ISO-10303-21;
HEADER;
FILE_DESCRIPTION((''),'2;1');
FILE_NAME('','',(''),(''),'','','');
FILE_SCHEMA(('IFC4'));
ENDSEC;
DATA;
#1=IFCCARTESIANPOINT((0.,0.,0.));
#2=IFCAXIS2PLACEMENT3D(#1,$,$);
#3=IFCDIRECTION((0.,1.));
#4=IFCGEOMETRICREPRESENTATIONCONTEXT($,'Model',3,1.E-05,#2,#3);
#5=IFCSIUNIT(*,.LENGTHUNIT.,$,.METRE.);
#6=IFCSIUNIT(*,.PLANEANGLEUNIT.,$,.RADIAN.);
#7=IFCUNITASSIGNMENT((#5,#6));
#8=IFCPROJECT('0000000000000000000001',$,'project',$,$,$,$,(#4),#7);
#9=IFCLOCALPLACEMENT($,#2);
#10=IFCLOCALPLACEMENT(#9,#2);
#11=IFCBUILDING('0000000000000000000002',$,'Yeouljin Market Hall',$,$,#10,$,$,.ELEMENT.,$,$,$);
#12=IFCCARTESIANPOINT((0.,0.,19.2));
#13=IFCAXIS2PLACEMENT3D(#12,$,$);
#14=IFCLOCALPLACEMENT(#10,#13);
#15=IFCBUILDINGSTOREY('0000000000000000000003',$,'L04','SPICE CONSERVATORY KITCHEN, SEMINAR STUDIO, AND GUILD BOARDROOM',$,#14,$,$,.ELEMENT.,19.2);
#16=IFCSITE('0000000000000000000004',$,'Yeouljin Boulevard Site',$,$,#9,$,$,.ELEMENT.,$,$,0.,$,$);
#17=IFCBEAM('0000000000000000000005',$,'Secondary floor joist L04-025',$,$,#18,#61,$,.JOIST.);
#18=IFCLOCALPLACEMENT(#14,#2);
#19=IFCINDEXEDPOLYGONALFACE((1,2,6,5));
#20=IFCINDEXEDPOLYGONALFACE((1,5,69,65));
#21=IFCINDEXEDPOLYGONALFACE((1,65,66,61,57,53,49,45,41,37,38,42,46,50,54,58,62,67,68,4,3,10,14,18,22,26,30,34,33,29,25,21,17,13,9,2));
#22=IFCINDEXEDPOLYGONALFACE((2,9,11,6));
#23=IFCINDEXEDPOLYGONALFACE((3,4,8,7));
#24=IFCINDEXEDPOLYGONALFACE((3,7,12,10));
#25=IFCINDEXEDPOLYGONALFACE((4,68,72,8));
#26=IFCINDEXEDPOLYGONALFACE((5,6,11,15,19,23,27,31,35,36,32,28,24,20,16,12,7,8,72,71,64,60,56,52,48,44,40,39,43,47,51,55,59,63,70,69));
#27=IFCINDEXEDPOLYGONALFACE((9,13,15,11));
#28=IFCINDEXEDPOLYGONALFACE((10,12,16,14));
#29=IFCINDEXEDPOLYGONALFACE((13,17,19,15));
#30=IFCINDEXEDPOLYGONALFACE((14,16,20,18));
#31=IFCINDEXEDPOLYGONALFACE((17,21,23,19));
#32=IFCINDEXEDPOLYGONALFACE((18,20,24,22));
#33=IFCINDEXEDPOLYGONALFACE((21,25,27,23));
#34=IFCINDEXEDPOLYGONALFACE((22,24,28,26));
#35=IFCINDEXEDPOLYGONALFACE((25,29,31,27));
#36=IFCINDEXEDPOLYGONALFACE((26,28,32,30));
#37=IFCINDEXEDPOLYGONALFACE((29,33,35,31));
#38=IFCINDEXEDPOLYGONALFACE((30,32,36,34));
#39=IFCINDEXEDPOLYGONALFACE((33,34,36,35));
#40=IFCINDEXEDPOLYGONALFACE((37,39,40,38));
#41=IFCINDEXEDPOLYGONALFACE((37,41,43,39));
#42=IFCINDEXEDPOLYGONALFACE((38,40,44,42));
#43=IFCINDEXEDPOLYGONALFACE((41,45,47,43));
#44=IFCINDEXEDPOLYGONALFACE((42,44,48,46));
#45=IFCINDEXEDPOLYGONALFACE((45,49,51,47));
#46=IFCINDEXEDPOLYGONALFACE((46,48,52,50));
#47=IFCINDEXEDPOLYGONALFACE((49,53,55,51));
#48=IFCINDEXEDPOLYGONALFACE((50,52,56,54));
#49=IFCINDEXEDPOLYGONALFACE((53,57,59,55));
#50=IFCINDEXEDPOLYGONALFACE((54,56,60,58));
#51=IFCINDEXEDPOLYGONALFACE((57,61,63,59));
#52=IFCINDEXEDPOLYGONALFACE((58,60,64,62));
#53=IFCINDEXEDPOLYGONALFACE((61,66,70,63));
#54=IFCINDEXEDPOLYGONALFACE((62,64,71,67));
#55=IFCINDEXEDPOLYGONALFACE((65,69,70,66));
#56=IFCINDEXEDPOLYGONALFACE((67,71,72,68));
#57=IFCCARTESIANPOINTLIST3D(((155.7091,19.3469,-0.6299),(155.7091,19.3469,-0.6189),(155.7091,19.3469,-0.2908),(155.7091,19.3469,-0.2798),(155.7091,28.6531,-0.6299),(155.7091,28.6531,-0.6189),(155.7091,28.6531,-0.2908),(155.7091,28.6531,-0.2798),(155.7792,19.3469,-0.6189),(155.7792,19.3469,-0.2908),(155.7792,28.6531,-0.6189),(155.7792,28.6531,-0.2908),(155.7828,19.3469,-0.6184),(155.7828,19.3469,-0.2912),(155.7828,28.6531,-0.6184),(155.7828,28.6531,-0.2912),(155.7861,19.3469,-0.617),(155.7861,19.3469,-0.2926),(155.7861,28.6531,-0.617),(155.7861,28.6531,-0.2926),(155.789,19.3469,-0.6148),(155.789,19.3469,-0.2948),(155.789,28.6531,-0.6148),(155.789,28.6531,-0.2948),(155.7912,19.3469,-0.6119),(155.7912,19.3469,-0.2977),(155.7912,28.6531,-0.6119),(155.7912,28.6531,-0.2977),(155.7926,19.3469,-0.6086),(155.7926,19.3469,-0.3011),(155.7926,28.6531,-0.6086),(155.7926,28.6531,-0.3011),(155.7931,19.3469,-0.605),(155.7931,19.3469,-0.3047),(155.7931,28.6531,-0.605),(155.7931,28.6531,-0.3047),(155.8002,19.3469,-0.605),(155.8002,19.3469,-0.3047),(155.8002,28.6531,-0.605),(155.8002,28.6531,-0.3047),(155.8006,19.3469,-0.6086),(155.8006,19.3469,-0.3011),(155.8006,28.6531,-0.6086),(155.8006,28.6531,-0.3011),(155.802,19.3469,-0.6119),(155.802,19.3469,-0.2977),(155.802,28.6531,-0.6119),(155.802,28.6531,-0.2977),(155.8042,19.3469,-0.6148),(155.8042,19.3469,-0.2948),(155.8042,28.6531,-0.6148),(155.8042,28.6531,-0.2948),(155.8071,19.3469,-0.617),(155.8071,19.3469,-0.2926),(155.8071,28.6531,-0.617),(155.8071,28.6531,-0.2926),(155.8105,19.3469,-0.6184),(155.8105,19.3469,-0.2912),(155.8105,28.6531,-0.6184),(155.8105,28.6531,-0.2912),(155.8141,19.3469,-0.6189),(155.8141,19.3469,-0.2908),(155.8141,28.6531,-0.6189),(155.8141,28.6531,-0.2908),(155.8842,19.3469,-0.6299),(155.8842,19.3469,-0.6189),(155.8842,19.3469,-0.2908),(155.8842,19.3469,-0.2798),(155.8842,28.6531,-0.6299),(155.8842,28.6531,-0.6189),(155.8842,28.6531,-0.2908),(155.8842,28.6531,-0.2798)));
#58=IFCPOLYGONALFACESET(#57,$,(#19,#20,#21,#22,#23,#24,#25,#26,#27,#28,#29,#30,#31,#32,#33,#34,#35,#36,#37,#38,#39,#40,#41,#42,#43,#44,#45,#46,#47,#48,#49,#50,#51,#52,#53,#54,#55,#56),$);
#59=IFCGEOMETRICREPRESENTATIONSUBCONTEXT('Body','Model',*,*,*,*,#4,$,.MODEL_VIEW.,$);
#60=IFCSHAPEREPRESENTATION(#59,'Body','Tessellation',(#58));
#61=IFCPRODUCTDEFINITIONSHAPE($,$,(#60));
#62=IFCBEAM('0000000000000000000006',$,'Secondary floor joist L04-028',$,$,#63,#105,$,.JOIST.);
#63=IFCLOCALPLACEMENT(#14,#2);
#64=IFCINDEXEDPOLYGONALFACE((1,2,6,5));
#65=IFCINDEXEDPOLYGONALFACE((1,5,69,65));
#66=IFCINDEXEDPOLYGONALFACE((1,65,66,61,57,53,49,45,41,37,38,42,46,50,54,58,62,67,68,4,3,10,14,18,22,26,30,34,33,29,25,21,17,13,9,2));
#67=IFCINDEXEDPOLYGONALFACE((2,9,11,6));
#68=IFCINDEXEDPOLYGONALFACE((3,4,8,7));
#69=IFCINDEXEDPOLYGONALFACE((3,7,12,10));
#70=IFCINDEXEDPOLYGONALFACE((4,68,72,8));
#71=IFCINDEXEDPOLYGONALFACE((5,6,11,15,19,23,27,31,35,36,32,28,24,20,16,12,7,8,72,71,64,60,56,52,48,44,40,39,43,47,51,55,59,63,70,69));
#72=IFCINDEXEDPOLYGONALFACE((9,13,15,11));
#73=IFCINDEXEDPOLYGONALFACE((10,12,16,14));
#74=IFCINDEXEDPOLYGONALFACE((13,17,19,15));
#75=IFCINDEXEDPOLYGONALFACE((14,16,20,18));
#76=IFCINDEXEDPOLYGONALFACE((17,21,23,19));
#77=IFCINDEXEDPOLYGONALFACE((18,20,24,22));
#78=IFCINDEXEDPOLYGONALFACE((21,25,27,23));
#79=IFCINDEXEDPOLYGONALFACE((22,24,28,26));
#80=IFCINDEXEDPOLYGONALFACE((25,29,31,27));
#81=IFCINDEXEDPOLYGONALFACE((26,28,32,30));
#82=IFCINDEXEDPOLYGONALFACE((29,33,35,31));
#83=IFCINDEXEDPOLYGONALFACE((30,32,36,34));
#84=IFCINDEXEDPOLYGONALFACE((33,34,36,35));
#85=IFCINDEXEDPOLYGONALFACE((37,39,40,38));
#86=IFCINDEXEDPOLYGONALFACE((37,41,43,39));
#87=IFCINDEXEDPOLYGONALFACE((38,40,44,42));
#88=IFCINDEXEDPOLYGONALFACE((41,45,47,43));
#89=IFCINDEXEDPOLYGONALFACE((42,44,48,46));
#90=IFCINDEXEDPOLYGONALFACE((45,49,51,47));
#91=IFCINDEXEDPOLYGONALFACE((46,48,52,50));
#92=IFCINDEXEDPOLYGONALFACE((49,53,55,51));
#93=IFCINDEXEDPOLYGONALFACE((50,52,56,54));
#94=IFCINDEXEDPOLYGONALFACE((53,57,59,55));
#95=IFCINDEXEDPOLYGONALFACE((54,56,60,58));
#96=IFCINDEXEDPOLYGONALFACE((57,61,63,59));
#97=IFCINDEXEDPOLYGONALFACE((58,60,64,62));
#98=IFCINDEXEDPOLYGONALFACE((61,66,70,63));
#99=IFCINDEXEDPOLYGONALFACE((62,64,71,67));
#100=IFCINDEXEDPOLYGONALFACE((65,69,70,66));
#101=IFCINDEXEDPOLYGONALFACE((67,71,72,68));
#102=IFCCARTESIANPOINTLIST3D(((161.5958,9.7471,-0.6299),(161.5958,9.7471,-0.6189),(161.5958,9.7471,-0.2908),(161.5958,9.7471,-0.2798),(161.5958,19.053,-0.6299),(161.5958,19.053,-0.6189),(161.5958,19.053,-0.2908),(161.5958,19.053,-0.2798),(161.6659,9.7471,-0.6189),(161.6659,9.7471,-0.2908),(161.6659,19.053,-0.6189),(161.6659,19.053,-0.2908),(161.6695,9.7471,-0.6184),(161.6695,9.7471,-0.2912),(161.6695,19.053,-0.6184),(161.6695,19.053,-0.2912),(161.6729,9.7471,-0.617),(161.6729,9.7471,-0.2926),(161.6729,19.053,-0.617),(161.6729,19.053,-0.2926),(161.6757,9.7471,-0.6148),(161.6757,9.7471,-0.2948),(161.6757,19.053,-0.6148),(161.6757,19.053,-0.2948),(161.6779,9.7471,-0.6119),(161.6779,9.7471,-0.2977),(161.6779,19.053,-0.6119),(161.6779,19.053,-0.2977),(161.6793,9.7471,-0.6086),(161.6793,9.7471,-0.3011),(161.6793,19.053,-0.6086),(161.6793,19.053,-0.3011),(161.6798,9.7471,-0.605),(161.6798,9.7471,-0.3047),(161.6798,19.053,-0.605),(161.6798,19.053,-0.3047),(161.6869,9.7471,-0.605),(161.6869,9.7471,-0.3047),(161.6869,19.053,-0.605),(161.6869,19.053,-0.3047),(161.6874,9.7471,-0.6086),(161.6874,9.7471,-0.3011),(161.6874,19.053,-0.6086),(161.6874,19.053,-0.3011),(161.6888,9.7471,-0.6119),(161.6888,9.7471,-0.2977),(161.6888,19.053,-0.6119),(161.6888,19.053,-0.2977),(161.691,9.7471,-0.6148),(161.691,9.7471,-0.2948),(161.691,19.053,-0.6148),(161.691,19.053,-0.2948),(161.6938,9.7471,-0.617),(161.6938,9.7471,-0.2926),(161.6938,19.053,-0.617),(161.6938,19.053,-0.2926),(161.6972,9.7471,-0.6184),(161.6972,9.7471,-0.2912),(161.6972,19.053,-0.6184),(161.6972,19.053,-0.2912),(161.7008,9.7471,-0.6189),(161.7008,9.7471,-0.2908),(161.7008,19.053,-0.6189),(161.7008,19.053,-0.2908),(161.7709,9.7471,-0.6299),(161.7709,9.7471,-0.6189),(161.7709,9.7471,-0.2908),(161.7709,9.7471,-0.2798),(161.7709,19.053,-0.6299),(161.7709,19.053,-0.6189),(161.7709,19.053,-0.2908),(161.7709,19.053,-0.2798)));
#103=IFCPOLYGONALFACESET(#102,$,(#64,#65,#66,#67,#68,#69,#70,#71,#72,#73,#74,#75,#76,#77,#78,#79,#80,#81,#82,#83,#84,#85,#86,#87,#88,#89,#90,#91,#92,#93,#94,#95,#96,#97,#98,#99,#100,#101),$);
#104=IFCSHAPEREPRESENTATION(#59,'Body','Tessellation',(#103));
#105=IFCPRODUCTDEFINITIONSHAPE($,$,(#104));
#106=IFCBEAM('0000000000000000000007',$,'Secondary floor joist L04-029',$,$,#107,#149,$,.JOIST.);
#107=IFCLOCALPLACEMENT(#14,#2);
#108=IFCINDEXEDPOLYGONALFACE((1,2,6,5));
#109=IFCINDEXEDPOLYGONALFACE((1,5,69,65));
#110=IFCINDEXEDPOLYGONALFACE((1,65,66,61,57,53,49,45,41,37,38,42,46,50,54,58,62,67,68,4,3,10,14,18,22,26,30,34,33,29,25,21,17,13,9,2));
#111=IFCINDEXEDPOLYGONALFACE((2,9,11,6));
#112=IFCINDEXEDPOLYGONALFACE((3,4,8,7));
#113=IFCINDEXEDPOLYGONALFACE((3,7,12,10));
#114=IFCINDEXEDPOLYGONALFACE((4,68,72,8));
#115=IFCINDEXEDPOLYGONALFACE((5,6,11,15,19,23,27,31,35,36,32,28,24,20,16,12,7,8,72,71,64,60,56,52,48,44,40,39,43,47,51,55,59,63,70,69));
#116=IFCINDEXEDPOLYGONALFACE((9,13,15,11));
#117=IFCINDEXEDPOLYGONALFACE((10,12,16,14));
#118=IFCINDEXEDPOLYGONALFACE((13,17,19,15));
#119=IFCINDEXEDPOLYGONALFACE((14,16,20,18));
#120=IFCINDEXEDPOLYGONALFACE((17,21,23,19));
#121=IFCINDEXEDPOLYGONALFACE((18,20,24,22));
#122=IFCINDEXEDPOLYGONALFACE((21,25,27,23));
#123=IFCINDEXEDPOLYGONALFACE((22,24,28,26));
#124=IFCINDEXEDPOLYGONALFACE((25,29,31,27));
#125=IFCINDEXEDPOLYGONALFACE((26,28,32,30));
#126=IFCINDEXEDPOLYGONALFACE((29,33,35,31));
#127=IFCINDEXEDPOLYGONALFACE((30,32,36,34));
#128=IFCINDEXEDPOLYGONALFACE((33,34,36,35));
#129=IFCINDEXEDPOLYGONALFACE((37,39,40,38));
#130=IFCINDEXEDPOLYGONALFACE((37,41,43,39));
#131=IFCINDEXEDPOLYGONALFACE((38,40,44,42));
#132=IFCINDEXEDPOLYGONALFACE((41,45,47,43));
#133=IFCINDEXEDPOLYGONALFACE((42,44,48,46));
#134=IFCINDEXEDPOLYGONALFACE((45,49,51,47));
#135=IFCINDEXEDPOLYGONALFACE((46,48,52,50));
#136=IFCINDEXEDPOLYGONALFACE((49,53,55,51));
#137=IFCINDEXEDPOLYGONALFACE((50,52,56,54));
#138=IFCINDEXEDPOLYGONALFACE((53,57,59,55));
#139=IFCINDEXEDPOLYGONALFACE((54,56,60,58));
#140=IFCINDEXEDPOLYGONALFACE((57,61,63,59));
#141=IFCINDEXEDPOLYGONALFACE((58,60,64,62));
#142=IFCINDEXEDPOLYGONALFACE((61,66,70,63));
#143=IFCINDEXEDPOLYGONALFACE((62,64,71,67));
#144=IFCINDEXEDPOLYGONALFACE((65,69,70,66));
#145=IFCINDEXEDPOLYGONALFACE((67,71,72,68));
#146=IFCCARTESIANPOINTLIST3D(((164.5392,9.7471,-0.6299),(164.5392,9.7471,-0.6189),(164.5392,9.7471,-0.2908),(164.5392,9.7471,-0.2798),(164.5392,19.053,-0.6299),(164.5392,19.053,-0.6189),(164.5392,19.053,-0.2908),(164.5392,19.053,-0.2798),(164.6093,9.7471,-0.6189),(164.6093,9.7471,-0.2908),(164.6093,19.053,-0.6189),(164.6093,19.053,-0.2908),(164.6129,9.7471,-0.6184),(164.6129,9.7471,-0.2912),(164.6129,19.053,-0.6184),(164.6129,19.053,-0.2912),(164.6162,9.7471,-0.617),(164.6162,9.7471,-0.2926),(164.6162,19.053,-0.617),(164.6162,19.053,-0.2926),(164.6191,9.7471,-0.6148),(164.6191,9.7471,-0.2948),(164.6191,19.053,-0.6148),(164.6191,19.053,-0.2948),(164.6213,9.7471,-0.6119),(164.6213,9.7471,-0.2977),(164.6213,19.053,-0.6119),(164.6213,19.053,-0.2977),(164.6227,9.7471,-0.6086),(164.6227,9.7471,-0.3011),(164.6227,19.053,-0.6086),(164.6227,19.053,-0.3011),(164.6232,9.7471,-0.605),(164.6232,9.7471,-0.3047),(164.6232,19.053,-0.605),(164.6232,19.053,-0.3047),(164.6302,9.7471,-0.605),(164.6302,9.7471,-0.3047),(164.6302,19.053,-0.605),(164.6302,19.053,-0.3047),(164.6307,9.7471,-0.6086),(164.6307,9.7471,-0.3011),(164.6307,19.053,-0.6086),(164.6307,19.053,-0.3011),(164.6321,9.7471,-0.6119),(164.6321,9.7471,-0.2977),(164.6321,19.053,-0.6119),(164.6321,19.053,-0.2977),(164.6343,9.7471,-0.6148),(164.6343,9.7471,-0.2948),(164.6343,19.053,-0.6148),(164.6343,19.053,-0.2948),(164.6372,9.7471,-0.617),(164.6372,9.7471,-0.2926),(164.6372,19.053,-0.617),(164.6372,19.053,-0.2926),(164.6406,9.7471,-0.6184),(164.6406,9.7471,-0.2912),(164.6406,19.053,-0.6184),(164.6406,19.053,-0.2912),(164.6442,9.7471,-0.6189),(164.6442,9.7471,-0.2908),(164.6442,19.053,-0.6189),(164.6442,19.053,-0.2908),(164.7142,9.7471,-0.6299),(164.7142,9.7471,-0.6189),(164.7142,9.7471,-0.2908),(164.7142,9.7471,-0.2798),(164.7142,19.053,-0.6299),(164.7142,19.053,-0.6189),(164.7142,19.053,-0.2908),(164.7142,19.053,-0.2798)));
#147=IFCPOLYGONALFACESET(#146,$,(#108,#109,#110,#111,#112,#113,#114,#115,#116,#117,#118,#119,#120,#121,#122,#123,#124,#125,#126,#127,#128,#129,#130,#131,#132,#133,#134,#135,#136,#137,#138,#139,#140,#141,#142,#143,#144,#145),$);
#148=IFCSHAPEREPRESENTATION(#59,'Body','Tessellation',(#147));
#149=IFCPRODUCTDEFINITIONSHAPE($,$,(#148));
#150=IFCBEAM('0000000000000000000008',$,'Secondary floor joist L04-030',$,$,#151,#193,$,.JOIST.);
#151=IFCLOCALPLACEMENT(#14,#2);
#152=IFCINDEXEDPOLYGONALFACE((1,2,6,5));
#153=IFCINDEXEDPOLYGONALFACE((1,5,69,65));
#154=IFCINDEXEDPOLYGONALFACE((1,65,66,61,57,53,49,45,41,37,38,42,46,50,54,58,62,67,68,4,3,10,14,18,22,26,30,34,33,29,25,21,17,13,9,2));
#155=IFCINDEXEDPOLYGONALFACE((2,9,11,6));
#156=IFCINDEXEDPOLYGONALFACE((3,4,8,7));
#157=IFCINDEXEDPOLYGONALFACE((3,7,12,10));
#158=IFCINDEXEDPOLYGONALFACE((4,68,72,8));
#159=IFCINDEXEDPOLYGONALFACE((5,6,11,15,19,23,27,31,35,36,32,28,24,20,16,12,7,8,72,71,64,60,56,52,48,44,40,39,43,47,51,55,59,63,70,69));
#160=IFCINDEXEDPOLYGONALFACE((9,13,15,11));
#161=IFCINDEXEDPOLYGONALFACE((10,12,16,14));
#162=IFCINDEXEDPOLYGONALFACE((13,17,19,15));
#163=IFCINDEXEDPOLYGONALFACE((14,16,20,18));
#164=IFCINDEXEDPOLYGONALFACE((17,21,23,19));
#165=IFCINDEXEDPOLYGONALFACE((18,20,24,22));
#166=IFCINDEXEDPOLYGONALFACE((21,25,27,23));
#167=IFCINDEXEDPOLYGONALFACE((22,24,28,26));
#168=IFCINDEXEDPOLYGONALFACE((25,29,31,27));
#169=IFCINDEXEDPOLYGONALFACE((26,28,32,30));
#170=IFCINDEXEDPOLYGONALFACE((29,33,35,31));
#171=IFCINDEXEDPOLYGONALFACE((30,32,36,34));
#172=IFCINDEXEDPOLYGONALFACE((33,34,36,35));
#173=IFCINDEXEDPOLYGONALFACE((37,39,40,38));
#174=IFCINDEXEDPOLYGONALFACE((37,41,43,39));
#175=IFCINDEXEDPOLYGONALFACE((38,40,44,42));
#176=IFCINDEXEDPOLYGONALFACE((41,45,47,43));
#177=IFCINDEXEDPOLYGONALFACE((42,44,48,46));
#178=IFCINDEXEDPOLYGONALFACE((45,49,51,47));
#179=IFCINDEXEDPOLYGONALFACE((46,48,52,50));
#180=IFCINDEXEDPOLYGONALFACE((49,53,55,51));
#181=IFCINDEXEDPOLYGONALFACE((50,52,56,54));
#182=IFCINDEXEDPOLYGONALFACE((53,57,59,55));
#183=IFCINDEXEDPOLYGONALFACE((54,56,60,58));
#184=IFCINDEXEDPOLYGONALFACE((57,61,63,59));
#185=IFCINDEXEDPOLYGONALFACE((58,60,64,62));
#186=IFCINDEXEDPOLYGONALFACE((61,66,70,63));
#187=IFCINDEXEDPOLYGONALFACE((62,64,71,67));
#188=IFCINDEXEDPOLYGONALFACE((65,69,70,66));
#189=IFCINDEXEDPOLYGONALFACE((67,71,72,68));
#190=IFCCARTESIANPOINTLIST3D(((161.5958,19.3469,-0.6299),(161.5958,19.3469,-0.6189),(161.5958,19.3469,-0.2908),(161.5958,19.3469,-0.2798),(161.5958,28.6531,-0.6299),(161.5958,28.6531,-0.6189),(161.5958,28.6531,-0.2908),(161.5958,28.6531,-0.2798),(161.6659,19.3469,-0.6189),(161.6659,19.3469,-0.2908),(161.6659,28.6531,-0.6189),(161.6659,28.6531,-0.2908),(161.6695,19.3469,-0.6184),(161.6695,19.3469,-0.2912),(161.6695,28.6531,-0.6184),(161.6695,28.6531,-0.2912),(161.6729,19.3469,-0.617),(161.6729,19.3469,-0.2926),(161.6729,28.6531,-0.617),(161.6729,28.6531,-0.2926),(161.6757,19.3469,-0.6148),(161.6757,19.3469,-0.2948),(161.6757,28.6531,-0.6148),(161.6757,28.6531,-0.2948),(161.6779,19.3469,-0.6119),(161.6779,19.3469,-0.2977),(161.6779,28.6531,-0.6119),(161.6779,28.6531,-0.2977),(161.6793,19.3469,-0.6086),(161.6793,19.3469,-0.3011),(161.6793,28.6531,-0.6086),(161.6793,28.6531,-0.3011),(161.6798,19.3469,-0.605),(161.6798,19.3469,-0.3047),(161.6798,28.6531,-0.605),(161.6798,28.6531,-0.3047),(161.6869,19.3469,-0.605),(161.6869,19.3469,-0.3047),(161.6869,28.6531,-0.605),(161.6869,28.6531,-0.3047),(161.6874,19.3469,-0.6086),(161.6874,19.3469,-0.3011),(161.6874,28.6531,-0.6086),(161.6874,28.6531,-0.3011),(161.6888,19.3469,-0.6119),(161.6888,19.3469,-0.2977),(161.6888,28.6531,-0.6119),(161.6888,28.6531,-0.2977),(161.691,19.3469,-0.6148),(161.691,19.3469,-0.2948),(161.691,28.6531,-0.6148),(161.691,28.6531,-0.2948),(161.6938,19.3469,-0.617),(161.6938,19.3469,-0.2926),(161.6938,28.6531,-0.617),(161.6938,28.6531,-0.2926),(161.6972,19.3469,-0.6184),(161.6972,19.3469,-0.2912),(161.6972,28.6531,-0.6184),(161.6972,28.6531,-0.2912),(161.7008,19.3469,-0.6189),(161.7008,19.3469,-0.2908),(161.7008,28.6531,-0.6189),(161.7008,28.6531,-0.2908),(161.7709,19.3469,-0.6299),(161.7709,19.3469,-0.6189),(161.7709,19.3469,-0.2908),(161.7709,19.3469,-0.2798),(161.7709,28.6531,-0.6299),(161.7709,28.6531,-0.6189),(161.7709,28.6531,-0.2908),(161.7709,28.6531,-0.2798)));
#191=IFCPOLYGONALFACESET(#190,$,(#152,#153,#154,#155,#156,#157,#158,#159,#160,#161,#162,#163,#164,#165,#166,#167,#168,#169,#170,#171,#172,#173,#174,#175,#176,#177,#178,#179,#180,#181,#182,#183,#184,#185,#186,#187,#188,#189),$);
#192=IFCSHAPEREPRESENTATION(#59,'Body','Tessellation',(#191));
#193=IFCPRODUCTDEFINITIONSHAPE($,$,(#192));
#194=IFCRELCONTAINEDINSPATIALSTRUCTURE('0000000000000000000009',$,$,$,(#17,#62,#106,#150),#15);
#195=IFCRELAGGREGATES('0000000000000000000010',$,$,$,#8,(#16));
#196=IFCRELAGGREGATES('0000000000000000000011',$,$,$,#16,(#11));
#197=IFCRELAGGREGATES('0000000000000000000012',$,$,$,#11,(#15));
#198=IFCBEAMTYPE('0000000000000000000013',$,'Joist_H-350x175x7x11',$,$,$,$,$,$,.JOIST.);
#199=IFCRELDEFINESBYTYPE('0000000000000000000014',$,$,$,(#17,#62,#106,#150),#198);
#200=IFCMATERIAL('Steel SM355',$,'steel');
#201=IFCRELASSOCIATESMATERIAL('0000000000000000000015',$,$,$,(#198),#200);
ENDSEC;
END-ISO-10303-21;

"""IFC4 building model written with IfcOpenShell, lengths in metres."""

from ifc_helpers import new_model, si_unit, direction, frame, origin, origin_2d, place, context, subcontext, project, spatial, i_section, extrude, material, material_profile, profile_set, type_object, element, save


model = new_model("IFC4")

# Units and contexts
model_context = context("Model", 3, precision=1e-05, world=origin(), true_north=direction((0.0, 1.0)))
body_context = subcontext(model_context, "Body", "Model", "MODEL_VIEW")
ifc_project = project(units=[si_unit("LENGTHUNIT", "METRE"), si_unit("PLANEANGLEUNIT", "RADIAN")], contexts=[model_context])

# Site, building, storey
site_placement = place(None, origin())
site = spatial("IfcSite", under=ifc_project, at=site_placement, Name="Yeouljin Boulevard Site", CompositionType="ELEMENT", RefElevation=0.0)
building_placement = place(site_placement, origin())
building = spatial("IfcBuilding", under=site, at=building_placement, Name="Yeouljin Market Hall", CompositionType="ELEMENT")
storey_placement = place(building_placement, frame((0.0, 0.0, 19.2)))
storey = spatial("IfcBuildingStorey", under=building, at=storey_placement, Name="L04", Description="SPICE CONSERVATORY KITCHEN, SEMINAR STUDIO, AND GUILD BOARDROOM", CompositionType="ELEMENT", Elevation=19.2)

# Beams
ifc_material_1 = material(Name="Steel SM355", Category="steel")
ifc_material_profile_1 = material_profile(ifc_material_1, i_section(OverallWidth=0.175, OverallDepth=0.3501, WebThickness=0.0071, FlangeThickness=0.011, FilletRadius=0.0139, at=origin_2d()), Name="H-350x175x7x11")
ifc_profile_set_1 = profile_set([ifc_material_profile_1], Name="Steel SM355")
beam_type_1 = type_object("IfcBeamType", Name="Joist_H-350x175x7x11", PredefinedType="JOIST", material=ifc_profile_set_1)
for number, where, z_axis, x_axis, name in (
    (1, (155.7966, 19.3469, -0.4548), (0.0, 1.0, 0.0), (-1.0, 0.0, 0.0), "Secondary floor joist L04-025"),
):
    element("IfcBeam", number, at=place(storey_placement, frame(where, z_axis=z_axis, x_axis=x_axis)), inside=storey, type_object=beam_type_1, Name=name, PredefinedType="JOIST", context=body_context, shape_type="SweptSolid", body=[
        extrude(i_section(OverallWidth=0.175, OverallDepth=0.3501, WebThickness=0.0071, FlangeThickness=0.011, FilletRadius=0.0139, at=origin_2d()), origin(), (0.0, 0.0, 1.0), 9.3062),
    ])
for number, where, z_axis, x_axis, name in (
    (2, (161.6833, 9.7471, -0.4548), (0.0, 1.0, 0.0), (-1.0, 0.0, 0.0), "Secondary floor joist L04-028"),
    (3, (164.6267, 9.7471, -0.4548), (0.0, 1.0, 0.0), (-1.0, 0.0, 0.0), "Secondary floor joist L04-029"),
):
    element("IfcBeam", number, at=place(storey_placement, frame(where, z_axis=z_axis, x_axis=x_axis)), inside=storey, type_object=beam_type_1, Name=name, PredefinedType="JOIST", context=body_context, shape_type="SweptSolid", body=[
        extrude(i_section(OverallWidth=0.175, OverallDepth=0.3501, WebThickness=0.0071, FlangeThickness=0.011, FilletRadius=0.0139, at=origin_2d()), origin(), (0.0, 0.0, 1.0), 9.3059),
    ])
for number, where, z_axis, x_axis, name in (
    (4, (161.6833, 19.3469, -0.4548), (0.0, 1.0, 0.0), (-1.0, 0.0, 0.0), "Secondary floor joist L04-030"),
):
    element("IfcBeam", number, at=place(storey_placement, frame(where, z_axis=z_axis, x_axis=x_axis)), inside=storey, type_object=beam_type_1, Name=name, PredefinedType="JOIST", context=body_context, shape_type="SweptSolid", body=[
        extrude(i_section(OverallWidth=0.175, OverallDepth=0.3501, WebThickness=0.0071, FlangeThickness=0.011, FilletRadius=0.0139, at=origin_2d()), origin(), (0.0, 0.0, 1.0), 9.3062),
    ])

save(model, "model.ifc")
